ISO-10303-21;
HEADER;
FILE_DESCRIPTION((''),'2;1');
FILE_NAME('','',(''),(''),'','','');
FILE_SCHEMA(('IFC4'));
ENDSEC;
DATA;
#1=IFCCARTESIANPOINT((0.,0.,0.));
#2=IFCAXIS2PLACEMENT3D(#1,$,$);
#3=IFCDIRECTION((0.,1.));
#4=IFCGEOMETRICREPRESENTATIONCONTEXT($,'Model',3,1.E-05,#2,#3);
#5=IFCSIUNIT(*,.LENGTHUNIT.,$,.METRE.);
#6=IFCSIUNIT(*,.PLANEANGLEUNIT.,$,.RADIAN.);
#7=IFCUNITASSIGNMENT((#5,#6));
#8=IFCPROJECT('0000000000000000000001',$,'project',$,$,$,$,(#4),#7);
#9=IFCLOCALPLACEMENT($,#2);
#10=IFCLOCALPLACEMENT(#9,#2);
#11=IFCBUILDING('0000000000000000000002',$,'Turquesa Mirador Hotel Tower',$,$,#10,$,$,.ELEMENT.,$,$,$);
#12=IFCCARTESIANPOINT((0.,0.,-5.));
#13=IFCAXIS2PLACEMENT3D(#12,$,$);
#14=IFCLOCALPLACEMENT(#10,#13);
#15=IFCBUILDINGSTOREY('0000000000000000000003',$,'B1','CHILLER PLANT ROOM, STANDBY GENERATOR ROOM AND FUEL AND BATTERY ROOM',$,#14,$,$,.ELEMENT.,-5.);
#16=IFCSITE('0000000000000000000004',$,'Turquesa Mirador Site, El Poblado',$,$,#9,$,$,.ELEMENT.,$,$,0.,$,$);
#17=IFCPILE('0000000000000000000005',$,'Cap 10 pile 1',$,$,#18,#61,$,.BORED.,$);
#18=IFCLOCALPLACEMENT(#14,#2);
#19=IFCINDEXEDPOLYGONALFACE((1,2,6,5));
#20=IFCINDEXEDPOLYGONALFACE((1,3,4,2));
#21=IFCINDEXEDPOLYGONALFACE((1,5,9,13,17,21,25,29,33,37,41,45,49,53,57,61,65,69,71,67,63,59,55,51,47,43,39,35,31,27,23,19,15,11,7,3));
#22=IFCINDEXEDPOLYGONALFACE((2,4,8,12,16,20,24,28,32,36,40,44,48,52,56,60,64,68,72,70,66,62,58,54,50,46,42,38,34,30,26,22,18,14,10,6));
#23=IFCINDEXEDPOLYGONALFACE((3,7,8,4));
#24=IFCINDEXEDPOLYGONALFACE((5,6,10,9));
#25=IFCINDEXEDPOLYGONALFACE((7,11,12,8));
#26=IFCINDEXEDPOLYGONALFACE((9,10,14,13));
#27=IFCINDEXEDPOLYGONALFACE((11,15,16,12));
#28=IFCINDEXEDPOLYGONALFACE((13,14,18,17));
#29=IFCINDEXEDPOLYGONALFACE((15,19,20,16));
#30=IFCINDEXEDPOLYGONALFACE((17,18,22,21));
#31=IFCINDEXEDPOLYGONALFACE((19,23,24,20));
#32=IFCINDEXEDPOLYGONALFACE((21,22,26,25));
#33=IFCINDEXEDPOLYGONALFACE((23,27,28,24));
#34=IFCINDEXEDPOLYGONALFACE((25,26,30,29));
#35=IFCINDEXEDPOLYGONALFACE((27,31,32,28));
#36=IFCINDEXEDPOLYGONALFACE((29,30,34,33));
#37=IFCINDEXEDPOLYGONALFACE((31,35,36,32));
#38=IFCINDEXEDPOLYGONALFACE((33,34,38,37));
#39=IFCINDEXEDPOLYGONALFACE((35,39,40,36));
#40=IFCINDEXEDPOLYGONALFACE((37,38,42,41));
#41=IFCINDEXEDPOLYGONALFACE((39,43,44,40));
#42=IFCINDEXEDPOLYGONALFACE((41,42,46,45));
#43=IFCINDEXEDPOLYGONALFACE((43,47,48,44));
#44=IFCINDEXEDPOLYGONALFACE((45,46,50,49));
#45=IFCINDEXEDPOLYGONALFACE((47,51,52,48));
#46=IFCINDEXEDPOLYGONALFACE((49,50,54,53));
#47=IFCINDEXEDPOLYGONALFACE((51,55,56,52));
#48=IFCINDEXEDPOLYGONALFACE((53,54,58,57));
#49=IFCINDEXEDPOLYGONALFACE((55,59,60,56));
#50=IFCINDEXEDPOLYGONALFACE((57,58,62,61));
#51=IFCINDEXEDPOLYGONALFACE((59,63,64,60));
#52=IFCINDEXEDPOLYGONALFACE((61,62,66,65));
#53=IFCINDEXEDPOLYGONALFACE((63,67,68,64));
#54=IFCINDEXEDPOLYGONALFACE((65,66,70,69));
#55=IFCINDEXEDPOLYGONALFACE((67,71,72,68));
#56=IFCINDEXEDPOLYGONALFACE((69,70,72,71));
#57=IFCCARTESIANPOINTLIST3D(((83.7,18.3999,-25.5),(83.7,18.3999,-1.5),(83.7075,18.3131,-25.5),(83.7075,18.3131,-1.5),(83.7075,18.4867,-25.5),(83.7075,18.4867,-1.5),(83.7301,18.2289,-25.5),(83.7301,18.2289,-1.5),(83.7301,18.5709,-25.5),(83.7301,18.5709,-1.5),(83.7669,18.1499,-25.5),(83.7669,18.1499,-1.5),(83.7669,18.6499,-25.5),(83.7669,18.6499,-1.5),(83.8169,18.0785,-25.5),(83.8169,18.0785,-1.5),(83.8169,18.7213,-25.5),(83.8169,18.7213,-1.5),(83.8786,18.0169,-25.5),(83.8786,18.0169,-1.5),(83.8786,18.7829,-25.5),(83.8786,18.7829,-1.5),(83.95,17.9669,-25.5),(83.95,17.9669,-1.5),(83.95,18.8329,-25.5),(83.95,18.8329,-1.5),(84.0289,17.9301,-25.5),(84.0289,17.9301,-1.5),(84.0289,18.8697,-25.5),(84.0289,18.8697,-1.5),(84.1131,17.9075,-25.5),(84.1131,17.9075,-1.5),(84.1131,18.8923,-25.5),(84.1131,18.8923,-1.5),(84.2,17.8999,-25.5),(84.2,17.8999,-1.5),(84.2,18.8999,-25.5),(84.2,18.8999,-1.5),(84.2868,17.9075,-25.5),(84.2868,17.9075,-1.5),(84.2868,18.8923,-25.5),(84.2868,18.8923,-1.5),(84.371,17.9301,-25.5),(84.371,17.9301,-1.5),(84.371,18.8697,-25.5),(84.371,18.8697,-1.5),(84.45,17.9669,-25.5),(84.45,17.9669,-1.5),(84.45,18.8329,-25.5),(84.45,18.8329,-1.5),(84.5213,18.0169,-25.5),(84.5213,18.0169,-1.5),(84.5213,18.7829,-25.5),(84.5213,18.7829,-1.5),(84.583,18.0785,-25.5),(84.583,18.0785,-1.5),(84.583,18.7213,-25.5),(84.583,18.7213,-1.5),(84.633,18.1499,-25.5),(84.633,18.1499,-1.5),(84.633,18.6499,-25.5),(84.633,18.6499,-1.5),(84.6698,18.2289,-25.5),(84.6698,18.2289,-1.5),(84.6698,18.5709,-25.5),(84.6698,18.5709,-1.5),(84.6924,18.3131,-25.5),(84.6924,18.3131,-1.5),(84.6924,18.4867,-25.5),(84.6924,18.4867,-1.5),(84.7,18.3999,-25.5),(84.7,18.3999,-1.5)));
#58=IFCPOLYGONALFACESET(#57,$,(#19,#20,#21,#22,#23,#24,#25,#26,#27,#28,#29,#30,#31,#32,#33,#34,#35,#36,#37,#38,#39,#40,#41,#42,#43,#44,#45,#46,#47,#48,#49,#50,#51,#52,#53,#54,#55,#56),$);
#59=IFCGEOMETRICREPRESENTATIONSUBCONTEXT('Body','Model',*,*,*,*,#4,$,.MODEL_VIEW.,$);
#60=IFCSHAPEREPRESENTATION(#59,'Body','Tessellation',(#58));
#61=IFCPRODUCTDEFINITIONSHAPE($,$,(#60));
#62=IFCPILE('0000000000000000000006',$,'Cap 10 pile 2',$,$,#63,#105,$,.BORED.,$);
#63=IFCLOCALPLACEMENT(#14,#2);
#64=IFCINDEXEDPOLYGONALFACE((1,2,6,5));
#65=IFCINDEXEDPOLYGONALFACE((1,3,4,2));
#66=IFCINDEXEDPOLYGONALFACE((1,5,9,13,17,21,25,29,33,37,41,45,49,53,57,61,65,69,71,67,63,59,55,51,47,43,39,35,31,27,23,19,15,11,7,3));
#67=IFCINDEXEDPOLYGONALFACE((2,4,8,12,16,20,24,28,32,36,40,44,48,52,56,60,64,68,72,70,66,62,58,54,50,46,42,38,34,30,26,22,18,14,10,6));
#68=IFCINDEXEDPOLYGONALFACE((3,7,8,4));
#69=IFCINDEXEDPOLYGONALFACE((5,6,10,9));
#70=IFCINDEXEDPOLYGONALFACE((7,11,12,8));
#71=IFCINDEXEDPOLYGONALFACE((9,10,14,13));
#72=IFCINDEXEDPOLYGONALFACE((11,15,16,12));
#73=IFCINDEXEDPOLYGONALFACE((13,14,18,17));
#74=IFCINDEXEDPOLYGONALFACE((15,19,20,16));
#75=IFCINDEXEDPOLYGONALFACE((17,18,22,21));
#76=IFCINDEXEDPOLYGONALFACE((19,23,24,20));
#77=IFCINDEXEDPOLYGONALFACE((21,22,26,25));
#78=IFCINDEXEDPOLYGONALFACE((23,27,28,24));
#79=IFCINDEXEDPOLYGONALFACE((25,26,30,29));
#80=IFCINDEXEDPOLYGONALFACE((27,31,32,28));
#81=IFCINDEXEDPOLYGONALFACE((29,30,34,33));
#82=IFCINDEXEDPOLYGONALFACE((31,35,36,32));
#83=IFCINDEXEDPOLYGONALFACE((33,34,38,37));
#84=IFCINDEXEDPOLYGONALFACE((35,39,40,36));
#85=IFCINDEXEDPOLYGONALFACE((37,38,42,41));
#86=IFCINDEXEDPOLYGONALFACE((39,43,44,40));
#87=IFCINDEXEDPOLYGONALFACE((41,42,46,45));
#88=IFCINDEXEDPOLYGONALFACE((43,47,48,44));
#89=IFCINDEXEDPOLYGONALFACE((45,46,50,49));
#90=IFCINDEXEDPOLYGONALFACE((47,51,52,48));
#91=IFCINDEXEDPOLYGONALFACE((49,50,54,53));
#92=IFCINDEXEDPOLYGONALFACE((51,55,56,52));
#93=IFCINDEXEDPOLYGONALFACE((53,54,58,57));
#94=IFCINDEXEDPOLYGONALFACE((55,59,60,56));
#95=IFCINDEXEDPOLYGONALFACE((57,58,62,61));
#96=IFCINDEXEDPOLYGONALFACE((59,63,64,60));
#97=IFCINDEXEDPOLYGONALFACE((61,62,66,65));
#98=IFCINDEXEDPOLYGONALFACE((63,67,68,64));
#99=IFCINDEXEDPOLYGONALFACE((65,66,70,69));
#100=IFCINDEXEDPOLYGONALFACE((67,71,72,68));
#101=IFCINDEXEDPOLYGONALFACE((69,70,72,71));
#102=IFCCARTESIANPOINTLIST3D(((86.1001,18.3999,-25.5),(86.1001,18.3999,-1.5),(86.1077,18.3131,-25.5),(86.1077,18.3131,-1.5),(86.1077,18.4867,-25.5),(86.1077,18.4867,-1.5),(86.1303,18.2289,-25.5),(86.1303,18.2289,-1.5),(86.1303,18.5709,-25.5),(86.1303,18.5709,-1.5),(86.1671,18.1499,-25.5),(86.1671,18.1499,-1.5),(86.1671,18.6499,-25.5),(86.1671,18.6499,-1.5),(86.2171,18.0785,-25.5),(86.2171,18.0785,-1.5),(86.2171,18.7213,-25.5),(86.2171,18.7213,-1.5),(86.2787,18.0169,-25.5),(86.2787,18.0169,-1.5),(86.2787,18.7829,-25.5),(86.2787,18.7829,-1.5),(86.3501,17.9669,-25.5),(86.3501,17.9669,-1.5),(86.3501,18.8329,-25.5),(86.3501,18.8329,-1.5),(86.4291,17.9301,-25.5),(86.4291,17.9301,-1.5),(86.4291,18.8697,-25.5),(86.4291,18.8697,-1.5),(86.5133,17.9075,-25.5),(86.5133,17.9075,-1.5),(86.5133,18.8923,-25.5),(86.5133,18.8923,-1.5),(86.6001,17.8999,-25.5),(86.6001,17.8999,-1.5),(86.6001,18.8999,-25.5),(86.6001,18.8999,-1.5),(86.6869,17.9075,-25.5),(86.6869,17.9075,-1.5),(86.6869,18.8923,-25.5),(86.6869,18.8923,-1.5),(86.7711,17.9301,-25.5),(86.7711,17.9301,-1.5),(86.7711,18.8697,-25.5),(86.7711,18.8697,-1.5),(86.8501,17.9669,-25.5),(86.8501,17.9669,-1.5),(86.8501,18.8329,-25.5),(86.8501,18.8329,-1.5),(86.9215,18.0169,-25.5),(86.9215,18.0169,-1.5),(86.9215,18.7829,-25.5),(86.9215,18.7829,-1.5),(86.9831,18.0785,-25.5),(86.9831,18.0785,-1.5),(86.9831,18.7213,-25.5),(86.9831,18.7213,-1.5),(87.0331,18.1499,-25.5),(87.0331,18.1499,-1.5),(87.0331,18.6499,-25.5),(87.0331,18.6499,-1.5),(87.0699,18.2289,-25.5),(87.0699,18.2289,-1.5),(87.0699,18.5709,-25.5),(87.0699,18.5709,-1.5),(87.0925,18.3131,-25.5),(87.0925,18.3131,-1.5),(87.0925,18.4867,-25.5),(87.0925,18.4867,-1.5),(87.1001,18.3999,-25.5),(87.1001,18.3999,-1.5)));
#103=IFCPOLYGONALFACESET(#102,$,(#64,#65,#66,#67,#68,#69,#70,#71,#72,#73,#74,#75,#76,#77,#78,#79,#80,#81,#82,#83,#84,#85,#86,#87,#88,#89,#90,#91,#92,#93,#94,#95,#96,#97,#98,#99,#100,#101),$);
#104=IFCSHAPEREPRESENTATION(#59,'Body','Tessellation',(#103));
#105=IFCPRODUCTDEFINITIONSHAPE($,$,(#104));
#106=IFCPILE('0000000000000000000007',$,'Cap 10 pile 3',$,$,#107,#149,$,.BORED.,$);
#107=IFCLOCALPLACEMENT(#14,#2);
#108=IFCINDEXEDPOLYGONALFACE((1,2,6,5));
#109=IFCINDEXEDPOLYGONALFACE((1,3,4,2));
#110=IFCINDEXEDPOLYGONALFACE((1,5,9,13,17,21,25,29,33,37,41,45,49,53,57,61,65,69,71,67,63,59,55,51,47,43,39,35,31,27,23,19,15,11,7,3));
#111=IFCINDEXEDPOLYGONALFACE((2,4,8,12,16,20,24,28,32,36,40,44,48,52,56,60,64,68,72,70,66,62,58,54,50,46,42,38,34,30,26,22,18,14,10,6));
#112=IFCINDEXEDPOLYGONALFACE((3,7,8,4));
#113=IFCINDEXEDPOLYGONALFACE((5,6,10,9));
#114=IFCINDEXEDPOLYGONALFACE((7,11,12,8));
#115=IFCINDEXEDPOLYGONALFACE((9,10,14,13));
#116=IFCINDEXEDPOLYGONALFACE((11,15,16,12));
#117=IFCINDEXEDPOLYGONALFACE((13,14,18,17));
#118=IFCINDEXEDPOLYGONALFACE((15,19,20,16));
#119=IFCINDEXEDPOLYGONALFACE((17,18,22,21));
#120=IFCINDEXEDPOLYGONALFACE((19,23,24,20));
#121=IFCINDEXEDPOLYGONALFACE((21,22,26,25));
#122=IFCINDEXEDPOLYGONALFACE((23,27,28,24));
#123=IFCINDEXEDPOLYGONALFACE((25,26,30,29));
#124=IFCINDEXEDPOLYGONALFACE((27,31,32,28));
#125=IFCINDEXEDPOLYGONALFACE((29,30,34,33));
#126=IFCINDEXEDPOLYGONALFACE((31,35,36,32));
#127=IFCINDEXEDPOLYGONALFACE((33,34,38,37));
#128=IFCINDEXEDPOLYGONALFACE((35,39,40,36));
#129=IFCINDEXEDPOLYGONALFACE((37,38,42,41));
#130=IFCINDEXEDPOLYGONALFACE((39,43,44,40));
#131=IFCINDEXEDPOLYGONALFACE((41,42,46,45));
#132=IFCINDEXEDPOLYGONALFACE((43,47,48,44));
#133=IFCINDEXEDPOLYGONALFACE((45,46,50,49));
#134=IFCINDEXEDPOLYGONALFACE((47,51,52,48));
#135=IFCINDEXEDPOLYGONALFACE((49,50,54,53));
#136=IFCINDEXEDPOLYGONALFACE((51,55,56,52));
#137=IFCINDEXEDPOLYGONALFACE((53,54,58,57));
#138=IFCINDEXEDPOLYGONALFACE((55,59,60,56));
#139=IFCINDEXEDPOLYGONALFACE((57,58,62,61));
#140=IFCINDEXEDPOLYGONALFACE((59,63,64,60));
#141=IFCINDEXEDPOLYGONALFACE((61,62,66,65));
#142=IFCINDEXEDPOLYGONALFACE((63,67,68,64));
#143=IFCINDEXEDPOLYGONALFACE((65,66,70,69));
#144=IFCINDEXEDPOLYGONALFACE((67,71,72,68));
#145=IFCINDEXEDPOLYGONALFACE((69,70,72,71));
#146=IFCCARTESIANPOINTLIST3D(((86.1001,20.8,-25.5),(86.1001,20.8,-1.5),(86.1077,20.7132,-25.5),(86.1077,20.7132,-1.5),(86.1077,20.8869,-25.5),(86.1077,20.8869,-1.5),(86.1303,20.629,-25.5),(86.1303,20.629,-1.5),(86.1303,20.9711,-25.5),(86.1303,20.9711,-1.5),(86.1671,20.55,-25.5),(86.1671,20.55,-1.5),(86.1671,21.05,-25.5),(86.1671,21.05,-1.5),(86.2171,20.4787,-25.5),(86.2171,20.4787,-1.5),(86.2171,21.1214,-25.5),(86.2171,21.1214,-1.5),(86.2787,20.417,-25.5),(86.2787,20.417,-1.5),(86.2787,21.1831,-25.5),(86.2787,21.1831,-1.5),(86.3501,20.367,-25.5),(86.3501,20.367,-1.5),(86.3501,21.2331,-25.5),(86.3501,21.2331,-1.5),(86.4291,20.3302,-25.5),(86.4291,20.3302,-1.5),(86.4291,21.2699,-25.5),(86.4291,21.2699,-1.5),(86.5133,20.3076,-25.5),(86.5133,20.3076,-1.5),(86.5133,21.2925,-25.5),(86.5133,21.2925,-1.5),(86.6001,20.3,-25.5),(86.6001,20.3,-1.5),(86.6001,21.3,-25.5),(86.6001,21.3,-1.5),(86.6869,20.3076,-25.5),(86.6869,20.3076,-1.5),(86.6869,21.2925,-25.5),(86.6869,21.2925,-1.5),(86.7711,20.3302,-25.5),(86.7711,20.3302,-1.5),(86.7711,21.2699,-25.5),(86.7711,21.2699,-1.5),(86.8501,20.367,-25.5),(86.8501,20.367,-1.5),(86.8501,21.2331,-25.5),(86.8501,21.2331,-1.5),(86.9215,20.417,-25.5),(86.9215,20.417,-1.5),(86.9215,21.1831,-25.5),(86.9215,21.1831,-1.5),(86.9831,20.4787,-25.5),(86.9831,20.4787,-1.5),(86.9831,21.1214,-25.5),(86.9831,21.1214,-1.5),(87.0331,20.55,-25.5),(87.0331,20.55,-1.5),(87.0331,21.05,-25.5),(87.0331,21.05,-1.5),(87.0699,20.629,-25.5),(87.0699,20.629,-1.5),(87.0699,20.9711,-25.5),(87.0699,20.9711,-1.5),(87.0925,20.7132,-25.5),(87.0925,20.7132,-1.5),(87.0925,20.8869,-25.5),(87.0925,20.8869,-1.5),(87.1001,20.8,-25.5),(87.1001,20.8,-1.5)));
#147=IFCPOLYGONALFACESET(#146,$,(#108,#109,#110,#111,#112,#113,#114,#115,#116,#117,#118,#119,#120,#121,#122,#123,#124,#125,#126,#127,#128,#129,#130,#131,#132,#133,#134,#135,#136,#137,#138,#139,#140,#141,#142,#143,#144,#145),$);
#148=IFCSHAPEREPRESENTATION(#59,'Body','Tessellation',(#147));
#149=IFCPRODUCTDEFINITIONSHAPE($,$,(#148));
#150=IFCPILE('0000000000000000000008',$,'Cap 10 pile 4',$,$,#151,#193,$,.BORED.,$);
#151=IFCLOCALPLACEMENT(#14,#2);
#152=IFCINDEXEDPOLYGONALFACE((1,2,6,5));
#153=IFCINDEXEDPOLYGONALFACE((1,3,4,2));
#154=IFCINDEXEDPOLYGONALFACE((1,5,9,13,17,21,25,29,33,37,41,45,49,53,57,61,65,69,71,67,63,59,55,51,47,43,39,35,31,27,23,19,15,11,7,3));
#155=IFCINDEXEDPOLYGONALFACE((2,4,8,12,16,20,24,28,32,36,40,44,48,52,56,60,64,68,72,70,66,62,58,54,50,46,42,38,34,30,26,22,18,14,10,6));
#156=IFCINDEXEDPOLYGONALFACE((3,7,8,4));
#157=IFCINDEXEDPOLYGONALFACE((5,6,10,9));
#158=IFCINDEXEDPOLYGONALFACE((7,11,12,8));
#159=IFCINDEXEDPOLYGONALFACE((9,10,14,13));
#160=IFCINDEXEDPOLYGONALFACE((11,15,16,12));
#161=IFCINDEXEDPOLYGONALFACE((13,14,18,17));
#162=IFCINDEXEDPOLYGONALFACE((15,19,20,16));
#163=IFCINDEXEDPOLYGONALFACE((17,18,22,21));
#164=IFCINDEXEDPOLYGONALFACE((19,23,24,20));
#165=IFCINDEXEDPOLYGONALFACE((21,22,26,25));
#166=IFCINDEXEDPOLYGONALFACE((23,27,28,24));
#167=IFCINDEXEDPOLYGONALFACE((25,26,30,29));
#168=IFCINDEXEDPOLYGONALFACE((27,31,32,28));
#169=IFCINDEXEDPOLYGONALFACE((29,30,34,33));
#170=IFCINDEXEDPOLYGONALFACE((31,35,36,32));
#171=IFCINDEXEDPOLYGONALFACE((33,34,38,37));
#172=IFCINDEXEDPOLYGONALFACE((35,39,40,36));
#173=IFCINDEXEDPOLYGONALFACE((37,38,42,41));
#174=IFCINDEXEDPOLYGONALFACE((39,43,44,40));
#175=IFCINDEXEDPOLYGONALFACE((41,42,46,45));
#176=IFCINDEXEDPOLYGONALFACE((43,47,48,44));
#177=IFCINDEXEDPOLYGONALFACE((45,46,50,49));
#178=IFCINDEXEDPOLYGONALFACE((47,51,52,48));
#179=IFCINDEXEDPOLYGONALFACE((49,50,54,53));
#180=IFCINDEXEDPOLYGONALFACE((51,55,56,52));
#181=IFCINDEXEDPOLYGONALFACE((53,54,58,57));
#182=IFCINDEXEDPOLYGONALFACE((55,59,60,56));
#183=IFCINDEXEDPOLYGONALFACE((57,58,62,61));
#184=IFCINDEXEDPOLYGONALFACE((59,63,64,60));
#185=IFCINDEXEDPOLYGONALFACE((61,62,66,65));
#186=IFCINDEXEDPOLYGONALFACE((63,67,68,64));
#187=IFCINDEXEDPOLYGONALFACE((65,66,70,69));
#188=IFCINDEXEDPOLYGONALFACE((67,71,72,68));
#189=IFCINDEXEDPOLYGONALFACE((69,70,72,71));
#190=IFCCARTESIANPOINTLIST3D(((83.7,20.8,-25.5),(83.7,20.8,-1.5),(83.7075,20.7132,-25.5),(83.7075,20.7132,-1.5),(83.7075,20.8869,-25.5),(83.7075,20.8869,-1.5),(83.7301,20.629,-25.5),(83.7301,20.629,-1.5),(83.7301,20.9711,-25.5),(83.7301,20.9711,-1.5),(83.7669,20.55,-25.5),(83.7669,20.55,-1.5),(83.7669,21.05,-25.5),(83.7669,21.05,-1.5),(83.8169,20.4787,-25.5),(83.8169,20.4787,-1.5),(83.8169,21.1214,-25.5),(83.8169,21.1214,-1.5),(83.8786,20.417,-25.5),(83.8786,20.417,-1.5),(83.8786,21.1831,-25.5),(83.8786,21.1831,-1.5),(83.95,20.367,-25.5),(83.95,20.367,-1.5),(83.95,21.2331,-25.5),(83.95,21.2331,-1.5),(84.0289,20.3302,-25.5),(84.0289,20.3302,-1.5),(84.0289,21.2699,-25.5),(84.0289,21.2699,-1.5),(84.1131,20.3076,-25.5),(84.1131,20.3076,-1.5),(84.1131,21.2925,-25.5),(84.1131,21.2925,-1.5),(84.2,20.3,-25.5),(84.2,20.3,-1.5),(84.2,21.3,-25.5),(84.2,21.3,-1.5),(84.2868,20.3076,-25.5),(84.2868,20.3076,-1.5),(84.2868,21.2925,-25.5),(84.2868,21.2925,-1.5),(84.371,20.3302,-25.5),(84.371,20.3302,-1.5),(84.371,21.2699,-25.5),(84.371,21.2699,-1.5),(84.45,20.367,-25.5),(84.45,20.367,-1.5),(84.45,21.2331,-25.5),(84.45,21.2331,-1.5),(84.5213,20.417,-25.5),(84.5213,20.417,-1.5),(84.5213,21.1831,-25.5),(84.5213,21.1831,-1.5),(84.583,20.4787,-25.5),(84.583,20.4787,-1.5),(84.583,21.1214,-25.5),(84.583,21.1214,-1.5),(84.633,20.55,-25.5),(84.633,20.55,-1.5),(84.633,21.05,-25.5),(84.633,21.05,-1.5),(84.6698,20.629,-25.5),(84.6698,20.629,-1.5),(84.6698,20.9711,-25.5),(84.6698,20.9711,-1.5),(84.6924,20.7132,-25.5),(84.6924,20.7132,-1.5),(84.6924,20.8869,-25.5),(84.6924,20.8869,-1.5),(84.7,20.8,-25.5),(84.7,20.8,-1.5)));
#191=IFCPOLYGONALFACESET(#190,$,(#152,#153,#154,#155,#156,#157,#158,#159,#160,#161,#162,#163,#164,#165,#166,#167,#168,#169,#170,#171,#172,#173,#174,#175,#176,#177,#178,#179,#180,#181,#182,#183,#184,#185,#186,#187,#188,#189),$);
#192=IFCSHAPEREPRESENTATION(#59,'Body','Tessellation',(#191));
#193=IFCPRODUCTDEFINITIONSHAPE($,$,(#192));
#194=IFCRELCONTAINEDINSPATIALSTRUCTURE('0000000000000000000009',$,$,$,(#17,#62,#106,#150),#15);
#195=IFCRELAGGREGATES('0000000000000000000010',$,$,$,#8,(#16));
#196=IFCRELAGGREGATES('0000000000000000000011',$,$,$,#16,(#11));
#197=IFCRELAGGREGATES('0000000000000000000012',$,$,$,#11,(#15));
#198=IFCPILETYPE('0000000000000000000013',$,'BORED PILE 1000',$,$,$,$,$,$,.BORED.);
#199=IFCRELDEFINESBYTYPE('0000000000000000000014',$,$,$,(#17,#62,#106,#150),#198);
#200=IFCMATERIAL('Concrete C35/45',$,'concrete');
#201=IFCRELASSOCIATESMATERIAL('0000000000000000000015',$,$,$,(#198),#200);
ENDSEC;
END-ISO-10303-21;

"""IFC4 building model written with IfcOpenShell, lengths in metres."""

from ifc_helpers import new_model, si_unit, direction, frame, origin, origin_2d, place, context, subcontext, project, spatial, circle, extrude, material, type_object, element, save


model = new_model("IFC4")

# Units and contexts
model_context = context("Model", 3, precision=1e-05, world=origin(), true_north=direction((0.0, 1.0)))
body_context = subcontext(model_context, "Body", "Model", "MODEL_VIEW")
ifc_project = project(units=[si_unit("LENGTHUNIT", "METRE"), si_unit("PLANEANGLEUNIT", "RADIAN")], contexts=[model_context])

# Site, building, storey
site_placement = place(None, origin())
site = spatial("IfcSite", under=ifc_project, at=site_placement, Name="Turquesa Mirador Site, El Poblado", CompositionType="ELEMENT", RefElevation=0.0)
building_placement = place(site_placement, origin())
building = spatial("IfcBuilding", under=site, at=building_placement, Name="Turquesa Mirador Hotel Tower", CompositionType="ELEMENT")
storey_placement = place(building_placement, frame((0.0, 0.0, -5.0)))
storey = spatial("IfcBuildingStorey", under=building, at=storey_placement, Name="B1", Description="CHILLER PLANT ROOM, STANDBY GENERATOR ROOM AND FUEL AND BATTERY ROOM", CompositionType="ELEMENT", Elevation=-5.0)

# Piles
ifc_material_1 = material(Name="Concrete C35/45", Category="concrete")
pile_type_1 = type_object("IfcPileType", Name="BORED PILE 1000", PredefinedType="BORED", material=ifc_material_1)
for number, where, z_axis, x_axis, name in (
    (1, (84.2, 18.3999, -1.5), (0.0, 0.0, -1.0), (1.0, 0.0, 0.0), "Cap 10 pile 1"),
    (2, (86.6001, 18.3999, -1.5), (0.0, 0.0, -1.0), (1.0, 0.0, 0.0), "Cap 10 pile 2"),
    (3, (86.6001, 20.8, -1.5), (0.0, 0.0, -1.0), (1.0, 0.0, 0.0), "Cap 10 pile 3"),
    (4, (84.2, 20.8, -1.5), (0.0, 0.0, -1.0), (1.0, 0.0, 0.0), "Cap 10 pile 4"),
):
    element("IfcPile", number, at=place(storey_placement, frame(where, z_axis=z_axis, x_axis=x_axis)), inside=storey, type_object=pile_type_1, Name=name, PredefinedType="BORED", context=body_context, shape_type="SweptSolid", body=[
        extrude(circle(Radius=0.5, at=origin_2d()), origin(), (0.0, 0.0, 1.0), 24.0),
    ])

save(model, "model.ifc")
